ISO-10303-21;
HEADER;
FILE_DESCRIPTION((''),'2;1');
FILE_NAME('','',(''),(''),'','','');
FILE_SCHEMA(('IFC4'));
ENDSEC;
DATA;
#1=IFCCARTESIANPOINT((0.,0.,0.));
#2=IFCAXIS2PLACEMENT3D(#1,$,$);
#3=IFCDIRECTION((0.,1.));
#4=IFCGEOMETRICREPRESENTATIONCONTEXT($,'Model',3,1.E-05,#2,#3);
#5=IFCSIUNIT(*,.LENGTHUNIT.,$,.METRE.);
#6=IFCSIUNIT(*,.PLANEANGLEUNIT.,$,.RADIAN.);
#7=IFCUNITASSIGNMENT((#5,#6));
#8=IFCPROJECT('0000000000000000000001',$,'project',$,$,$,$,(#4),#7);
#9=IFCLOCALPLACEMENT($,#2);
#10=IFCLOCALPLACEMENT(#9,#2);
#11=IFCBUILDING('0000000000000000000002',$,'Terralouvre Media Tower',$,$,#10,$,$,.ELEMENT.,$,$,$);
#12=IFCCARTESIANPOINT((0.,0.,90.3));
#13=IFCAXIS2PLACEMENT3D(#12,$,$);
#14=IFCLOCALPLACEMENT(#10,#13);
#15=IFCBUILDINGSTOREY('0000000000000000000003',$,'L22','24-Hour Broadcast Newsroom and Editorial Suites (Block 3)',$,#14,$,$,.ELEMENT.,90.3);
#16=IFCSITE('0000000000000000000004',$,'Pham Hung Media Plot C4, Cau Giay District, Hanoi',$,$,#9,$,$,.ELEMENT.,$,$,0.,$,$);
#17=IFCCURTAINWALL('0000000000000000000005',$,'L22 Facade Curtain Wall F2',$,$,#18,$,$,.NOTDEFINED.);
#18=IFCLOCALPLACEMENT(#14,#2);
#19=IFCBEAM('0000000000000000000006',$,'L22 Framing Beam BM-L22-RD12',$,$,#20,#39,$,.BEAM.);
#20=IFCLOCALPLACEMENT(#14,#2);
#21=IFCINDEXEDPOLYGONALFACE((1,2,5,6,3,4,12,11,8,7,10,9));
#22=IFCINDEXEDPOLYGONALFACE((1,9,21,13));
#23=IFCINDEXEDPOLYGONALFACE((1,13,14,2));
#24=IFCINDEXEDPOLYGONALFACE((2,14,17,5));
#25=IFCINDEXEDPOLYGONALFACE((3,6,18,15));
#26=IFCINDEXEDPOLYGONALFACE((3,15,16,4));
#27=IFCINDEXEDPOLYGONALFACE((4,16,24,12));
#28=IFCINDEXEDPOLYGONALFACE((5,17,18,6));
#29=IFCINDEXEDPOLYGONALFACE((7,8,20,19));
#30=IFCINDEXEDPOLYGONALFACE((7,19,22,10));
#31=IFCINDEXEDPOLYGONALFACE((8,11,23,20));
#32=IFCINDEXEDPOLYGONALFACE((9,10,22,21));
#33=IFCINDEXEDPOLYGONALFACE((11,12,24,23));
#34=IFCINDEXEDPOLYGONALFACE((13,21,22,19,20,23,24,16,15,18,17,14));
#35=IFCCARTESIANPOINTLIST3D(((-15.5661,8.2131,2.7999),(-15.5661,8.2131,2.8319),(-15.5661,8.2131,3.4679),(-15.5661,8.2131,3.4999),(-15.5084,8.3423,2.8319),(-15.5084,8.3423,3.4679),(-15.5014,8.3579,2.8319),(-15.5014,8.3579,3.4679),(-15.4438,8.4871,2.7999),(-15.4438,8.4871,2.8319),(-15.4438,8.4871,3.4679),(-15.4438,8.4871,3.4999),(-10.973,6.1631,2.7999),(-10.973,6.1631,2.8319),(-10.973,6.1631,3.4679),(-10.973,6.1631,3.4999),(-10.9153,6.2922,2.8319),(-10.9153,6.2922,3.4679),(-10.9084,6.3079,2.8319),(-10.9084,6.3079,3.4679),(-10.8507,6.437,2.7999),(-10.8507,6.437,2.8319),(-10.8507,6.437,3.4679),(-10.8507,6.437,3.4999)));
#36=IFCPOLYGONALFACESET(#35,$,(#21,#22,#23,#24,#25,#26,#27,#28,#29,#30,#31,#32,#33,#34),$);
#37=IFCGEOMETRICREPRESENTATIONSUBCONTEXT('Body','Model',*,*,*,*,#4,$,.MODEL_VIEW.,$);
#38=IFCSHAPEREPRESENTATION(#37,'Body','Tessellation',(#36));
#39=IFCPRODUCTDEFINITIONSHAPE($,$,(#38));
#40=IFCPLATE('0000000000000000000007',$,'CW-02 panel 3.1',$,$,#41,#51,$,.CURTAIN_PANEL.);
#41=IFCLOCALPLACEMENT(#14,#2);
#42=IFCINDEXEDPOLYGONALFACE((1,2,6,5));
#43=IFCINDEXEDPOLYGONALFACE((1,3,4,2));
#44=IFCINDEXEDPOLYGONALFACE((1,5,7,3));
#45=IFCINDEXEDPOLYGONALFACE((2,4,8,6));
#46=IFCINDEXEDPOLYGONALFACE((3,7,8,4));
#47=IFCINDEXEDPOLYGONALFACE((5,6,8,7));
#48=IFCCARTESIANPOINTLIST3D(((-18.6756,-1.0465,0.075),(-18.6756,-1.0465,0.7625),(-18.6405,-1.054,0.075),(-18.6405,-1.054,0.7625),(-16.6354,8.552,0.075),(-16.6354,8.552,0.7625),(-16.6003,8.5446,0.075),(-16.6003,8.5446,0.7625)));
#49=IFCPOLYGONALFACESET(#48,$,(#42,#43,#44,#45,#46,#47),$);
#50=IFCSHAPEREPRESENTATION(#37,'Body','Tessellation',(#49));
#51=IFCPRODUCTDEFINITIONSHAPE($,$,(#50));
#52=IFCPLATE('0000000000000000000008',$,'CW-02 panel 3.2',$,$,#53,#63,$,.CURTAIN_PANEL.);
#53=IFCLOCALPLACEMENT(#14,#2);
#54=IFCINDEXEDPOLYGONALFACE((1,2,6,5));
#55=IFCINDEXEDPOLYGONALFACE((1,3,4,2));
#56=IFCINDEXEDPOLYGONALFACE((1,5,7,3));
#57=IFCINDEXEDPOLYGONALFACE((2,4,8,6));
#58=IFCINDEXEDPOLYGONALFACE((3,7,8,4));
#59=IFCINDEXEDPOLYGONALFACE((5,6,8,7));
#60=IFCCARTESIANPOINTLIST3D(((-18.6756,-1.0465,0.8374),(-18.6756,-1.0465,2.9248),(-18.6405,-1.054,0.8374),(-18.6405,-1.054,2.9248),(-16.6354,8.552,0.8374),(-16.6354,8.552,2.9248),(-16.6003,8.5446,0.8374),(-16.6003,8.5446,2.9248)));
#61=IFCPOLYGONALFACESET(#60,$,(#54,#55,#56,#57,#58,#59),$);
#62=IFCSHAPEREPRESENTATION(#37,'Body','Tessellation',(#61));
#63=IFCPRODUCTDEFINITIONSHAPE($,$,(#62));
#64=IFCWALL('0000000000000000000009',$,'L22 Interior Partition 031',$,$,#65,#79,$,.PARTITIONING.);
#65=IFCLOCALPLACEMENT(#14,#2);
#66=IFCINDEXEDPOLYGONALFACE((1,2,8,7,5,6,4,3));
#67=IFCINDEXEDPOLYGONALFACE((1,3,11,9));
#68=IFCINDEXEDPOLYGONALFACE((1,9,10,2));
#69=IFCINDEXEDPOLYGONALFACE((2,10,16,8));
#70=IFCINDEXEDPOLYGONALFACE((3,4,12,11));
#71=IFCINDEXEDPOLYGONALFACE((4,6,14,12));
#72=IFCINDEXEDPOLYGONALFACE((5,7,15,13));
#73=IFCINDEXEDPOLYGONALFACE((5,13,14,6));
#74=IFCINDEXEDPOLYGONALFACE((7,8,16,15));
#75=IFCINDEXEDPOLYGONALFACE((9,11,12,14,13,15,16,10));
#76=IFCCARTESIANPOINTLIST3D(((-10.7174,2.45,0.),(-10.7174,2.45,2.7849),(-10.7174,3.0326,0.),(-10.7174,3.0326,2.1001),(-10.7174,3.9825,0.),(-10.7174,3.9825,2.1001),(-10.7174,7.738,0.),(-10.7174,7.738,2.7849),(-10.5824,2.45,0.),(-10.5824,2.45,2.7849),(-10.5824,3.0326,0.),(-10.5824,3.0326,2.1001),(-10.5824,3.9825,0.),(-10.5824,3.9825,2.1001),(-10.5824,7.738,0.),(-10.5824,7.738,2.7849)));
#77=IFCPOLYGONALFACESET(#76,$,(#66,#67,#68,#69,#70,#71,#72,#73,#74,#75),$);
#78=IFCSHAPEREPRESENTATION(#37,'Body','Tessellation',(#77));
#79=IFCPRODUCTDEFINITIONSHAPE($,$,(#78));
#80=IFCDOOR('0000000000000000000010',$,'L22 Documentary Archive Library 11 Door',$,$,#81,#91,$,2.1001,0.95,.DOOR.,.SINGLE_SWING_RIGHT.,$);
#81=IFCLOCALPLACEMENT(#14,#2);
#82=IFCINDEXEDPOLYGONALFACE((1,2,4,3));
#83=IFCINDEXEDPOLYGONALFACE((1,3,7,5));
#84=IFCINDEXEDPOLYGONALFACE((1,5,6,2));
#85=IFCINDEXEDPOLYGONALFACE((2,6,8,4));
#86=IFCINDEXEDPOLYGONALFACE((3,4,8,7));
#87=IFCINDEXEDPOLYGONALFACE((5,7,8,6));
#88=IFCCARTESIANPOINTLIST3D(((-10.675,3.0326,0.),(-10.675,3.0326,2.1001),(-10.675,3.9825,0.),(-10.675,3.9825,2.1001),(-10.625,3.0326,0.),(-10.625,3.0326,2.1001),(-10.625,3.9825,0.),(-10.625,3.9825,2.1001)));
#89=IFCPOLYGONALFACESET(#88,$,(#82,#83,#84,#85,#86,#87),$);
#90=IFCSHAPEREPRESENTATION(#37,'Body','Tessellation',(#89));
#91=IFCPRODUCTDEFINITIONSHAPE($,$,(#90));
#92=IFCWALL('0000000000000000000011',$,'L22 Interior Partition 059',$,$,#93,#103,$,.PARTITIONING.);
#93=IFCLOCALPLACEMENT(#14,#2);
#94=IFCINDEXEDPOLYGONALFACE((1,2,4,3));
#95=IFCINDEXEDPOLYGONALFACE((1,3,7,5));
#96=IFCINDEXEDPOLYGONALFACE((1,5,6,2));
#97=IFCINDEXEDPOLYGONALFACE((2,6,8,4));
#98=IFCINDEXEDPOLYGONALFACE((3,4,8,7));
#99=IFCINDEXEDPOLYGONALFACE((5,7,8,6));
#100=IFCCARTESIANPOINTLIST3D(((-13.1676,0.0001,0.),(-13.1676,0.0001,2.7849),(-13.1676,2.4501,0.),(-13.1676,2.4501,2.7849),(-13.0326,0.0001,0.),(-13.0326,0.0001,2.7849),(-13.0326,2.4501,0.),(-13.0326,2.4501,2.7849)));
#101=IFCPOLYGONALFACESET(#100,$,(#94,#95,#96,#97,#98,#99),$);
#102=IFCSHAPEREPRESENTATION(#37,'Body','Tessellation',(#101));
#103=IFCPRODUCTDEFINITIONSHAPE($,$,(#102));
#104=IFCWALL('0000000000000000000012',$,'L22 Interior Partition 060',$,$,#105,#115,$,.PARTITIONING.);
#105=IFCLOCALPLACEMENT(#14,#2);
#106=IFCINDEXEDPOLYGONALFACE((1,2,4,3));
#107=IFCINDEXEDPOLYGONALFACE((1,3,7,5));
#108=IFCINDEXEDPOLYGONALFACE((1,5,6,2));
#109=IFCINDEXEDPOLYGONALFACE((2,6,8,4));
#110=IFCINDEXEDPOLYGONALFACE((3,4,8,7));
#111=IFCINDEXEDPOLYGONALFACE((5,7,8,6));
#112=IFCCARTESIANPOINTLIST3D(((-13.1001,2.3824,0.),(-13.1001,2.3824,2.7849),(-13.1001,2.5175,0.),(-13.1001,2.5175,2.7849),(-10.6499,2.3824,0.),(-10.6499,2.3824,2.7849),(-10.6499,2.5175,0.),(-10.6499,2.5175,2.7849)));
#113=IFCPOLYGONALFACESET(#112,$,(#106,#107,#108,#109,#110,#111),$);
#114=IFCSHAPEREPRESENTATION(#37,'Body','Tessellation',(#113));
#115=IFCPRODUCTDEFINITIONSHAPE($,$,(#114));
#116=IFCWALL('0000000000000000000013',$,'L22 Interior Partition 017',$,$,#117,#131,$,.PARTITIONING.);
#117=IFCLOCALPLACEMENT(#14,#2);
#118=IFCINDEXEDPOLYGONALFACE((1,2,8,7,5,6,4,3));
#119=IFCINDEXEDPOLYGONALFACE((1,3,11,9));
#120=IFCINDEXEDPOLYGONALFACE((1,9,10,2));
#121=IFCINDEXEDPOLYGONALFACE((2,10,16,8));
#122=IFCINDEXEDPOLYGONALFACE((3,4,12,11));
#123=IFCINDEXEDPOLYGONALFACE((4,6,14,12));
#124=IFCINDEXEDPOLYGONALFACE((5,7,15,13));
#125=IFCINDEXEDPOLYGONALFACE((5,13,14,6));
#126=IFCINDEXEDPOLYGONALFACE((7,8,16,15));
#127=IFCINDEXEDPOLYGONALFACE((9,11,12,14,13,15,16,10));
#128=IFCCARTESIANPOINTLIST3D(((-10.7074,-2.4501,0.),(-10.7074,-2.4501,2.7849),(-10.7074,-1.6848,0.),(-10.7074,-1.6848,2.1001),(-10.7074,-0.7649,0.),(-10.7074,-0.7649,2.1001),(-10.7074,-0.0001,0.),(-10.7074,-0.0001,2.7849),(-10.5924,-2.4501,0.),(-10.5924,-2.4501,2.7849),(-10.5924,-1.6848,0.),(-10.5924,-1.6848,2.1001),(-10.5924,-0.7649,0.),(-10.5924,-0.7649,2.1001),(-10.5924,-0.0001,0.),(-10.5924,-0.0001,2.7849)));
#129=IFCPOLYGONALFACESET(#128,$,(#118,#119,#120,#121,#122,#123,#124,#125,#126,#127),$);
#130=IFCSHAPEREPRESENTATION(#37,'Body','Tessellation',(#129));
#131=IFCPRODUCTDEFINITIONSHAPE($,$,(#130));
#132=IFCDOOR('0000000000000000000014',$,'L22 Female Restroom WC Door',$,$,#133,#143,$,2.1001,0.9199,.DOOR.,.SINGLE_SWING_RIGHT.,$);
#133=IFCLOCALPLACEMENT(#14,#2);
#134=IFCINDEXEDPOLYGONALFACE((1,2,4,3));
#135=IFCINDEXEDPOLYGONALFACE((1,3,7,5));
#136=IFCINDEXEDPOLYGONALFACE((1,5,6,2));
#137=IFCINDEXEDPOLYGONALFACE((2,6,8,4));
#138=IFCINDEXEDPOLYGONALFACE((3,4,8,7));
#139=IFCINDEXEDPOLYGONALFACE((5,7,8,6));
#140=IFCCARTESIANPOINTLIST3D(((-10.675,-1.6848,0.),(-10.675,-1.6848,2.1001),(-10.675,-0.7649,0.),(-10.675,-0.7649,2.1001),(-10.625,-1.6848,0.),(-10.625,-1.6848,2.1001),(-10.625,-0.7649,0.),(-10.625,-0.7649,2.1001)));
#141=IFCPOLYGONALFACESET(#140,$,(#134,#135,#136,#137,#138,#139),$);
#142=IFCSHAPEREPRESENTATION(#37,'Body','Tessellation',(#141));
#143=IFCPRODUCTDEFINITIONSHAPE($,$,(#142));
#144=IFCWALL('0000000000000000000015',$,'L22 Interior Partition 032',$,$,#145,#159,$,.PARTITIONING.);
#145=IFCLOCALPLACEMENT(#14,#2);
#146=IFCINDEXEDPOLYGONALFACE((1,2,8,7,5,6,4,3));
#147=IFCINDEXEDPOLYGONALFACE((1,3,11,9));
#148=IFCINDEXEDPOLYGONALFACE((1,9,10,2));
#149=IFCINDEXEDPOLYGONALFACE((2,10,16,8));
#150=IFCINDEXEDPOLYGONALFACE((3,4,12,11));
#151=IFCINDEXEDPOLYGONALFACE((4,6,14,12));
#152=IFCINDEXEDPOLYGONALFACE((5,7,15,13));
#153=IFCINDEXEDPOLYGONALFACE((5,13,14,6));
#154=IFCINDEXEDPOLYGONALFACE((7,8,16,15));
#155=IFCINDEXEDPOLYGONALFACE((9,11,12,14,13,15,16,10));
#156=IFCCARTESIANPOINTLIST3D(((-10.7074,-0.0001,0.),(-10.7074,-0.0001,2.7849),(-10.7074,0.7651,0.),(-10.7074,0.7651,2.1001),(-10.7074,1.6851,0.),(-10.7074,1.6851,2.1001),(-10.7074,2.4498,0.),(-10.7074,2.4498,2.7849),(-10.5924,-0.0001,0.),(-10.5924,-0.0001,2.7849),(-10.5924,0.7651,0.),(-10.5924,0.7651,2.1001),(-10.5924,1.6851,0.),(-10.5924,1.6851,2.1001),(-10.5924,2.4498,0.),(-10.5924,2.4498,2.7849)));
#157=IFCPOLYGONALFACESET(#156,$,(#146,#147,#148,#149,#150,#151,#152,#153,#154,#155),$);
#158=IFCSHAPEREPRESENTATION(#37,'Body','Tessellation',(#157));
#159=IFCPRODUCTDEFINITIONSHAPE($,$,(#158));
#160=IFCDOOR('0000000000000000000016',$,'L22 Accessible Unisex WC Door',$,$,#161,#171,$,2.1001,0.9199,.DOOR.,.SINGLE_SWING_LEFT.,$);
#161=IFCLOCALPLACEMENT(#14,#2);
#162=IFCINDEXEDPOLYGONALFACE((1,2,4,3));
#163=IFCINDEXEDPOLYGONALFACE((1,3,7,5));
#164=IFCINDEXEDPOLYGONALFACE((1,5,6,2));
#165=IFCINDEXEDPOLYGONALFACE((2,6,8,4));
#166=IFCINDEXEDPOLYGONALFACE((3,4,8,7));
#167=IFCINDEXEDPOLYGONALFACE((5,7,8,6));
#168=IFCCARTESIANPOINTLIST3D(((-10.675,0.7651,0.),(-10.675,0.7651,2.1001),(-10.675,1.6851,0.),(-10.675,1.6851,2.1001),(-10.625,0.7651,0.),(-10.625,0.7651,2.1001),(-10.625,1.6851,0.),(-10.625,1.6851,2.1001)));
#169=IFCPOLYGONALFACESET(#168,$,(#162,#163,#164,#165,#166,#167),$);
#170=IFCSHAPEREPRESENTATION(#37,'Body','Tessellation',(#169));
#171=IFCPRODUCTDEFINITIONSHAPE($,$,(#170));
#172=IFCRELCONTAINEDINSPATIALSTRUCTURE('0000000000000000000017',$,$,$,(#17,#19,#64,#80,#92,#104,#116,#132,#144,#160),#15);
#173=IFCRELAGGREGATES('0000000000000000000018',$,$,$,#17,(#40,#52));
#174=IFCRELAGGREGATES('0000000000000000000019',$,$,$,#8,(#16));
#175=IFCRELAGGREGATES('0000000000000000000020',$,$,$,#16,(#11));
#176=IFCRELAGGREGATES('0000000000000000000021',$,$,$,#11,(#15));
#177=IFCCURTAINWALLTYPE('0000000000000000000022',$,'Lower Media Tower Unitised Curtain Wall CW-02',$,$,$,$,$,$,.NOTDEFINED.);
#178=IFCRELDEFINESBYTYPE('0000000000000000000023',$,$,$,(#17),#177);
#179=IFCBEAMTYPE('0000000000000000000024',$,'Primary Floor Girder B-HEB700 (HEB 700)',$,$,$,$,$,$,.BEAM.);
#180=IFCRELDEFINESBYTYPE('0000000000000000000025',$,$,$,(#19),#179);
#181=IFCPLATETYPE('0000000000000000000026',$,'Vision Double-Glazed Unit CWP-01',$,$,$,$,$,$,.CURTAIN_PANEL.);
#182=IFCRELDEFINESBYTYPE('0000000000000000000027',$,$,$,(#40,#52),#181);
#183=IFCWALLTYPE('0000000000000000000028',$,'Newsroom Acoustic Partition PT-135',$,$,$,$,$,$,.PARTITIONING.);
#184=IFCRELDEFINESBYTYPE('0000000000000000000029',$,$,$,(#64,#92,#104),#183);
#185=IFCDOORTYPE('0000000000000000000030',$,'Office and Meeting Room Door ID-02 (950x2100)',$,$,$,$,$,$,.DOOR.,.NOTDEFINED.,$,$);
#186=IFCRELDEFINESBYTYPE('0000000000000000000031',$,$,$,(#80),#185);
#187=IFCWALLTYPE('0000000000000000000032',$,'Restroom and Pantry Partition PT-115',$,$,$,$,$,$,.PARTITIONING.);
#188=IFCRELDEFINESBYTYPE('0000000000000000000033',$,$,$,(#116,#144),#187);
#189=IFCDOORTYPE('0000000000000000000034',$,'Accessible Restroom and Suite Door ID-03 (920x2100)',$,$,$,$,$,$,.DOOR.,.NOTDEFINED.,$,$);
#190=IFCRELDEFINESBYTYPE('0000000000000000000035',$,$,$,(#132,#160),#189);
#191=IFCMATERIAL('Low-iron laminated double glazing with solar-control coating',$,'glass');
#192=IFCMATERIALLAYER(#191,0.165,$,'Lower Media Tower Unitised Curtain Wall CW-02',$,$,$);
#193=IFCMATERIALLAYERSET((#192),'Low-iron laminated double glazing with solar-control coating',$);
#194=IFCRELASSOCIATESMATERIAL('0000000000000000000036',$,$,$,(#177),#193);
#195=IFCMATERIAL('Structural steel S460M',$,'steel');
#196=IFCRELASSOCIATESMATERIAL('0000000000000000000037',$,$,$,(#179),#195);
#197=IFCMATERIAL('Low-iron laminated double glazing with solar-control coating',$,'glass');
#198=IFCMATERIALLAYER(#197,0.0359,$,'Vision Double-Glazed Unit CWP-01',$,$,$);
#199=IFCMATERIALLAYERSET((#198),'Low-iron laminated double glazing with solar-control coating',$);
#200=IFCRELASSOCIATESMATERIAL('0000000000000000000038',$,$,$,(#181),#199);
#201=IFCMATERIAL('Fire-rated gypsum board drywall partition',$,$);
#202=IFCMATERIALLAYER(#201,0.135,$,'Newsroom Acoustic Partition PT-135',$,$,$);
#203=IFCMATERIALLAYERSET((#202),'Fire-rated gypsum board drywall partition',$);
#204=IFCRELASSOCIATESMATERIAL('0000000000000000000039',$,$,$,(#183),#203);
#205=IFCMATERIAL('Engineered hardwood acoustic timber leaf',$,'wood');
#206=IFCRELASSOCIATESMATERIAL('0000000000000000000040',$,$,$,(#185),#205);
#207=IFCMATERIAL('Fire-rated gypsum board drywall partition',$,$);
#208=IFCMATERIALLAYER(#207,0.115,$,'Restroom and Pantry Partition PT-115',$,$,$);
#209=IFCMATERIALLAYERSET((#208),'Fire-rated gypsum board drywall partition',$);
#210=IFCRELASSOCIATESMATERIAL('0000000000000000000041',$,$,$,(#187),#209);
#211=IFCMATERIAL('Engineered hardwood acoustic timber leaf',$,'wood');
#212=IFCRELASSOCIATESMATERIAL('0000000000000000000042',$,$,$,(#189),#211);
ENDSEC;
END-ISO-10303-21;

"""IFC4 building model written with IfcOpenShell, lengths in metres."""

from ifc_helpers import new_model, si_unit, direction, frame, frame_2d, origin, origin_2d, place, context, subcontext, project, spatial, rectangle, i_section, extrude, material, layer, layer_set, material_profile, profile_set, type_object, element, fill, aggregate, save


model = new_model("IFC4")

# Units and contexts
model_context = context("Model", 3, precision=1e-05, world=origin(), true_north=direction((0.0, 1.0)))
body_context = subcontext(model_context, "Body", "Model", "MODEL_VIEW")
ifc_project = project(units=[si_unit("LENGTHUNIT", "METRE"), si_unit("PLANEANGLEUNIT", "RADIAN")], contexts=[model_context])

# Site, building, storey
site_placement = place(None, origin())
site = spatial("IfcSite", under=ifc_project, at=site_placement, Name="Pham Hung Media Plot C4, Cau Giay District, Hanoi", CompositionType="ELEMENT", RefElevation=0.0)
building_placement = place(site_placement, origin())
building = spatial("IfcBuilding", under=site, at=building_placement, Name="Terralouvre Media Tower", CompositionType="ELEMENT")
storey_placement = place(building_placement, frame((0.0, 0.0, 90.3)))
storey = spatial("IfcBuildingStorey", under=building, at=storey_placement, Name="L22", Description="24-Hour Broadcast Newsroom and Editorial Suites (Block 3)", CompositionType="ELEMENT", Elevation=90.3)

# Curtain wall
ifc_material_1 = material(Name="Low-iron laminated double glazing with solar-control coating", Category="glass")
ifc_layer_1 = layer(ifc_material_1, 0.165, Name="Lower Media Tower Unitised Curtain Wall CW-02")
ifc_layer_set_1 = layer_set([ifc_layer_1], Name="Low-iron laminated double glazing with solar-control coating")
curtain_wall_type = type_object("IfcCurtainWallType", Name="Lower Media Tower Unitised Curtain Wall CW-02", PredefinedType="NOTDEFINED", material=ifc_layer_set_1)
curtain_wall_placement = place(storey_placement, origin())
curtain_wall = element("IfcCurtainWall", 1, at=curtain_wall_placement, inside=storey, type_object=curtain_wall_type, Name="L22 Facade Curtain Wall F2", PredefinedType="NOTDEFINED")

# Beam
ifc_material_2 = material(Name="Structural steel S460M", Category="steel")
ifc_material_profile_1 = material_profile(ifc_material_2, i_section(OverallWidth=0.3, OverallDepth=0.7, WebThickness=0.0171, FlangeThickness=0.032, at=origin_2d()), Name="HEB 700")
ifc_profile_set_1 = profile_set([ifc_material_profile_1], Name="Structural steel S460M")
beam_type_1 = type_object("IfcBeamType", Name="Primary Floor Girder B-HEB700 (HEB 700)", PredefinedType="BEAM", material=ifc_profile_set_1)
beam_1_placement = place(storey_placement, frame((-10.9119, 6.3, 3.1499), z_axis=(-0.913168, 0.407584, 0.0), x_axis=(-0.407584, -0.913168, 0.0)))
element("IfcBeam", 2, at=beam_1_placement, inside=storey, type_object=beam_type_1, Name="L22 Framing Beam BM-L22-RD12", PredefinedType="BEAM", context=body_context, shape_type="SweptSolid", body=[
    extrude(i_section(OverallWidth=0.3, OverallDepth=0.7, WebThickness=0.0171, FlangeThickness=0.032, at=origin_2d()), origin(), (0.0, 0.0, 1.0), 5.0298),
])

# Plates
ifc_material_3 = material(Name="Low-iron laminated double glazing with solar-control coating", Category="glass")
ifc_layer_2 = layer(ifc_material_3, 0.0359, Name="Vision Double-Glazed Unit CWP-01")
ifc_layer_set_2 = layer_set([ifc_layer_2], Name="Low-iron laminated double glazing with solar-control coating")
plate_type = type_object("IfcPlateType", Name="Vision Double-Glazed Unit CWP-01", PredefinedType="CURTAIN_PANEL", material=ifc_layer_set_2)
plate_1_placement = place(storey_placement, frame((-17.6379, 3.749, 0.075), z_axis=(0.0, 0.0, 1.0), x_axis=(-0.207912, -0.978148, 0.0)))
plate_1 = element("IfcPlate", 3, at=plate_1_placement, type_object=plate_type, Name="CW-02 panel 3.1", PredefinedType="CURTAIN_PANEL", context=body_context, shape_type="SweptSolid", body=[
    extrude(rectangle(XDim=9.813, YDim=0.0359, at=origin_2d()), origin(), (0.0, 0.0, 1.0), 0.6875),
])
plate_2_placement = place(storey_placement, frame((-17.6379, 3.749, 0.8374), z_axis=(0.0, 0.0, 1.0), x_axis=(-0.207912, -0.978148, 0.0)))
plate_2 = element("IfcPlate", 4, at=plate_2_placement, type_object=plate_type, Name="CW-02 panel 3.2", PredefinedType="CURTAIN_PANEL", context=body_context, shape_type="SweptSolid", body=[
    extrude(rectangle(XDim=9.813, YDim=0.0359, at=origin_2d()), origin(), (0.0, 0.0, 1.0), 2.0874),
])
aggregate(curtain_wall, [plate_1, plate_2])

# Wall, opening, door
ifc_material_4 = material(Name="Fire-rated gypsum board drywall partition")
ifc_layer_3 = layer(ifc_material_4, 0.135, Name="Newsroom Acoustic Partition PT-135")
ifc_layer_set_3 = layer_set([ifc_layer_3], Name="Fire-rated gypsum board drywall partition")
wall_type_1 = type_object("IfcWallType", Name="Newsroom Acoustic Partition PT-135", PredefinedType="PARTITIONING", material=ifc_layer_set_3)
wall_1_placement = place(storey_placement, frame((-10.6499, 7.738, 0.0), z_axis=(0.0, 0.0, 1.0), x_axis=(0.0, -1.0, 0.0)))
wall_1 = element("IfcWall", 5, at=wall_1_placement, inside=storey, type_object=wall_type_1, Name="L22 Interior Partition 031", PredefinedType="PARTITIONING", context=body_context, shape_type="SweptSolid", body=[
    extrude(rectangle(XDim=5.2881, YDim=0.135, at=frame_2d((2.644, 0.0))), origin(), (0.0, 0.0, 1.0), 2.7849),
])
opening_1_placement = place(wall_1_placement, frame((3.7554, 0.0, 0.0)))
opening_1 = element("IfcOpeningElement", 6, at=opening_1_placement, cuts=wall_1, PredefinedType="OPENING", context=body_context, shape_type="SweptSolid", body=[
    extrude(rectangle(XDim=0.95, YDim=2.1001, at=frame_2d((0.4751, 1.05))), frame((0.0, 0.0774, 0.0), z_axis=(0.0, -1.0, 0.0), x_axis=(1.0, 0.0, 0.0)), (0.0, 0.0, 1.0), 0.155),
])
ifc_material_5 = material(Name="Engineered hardwood acoustic timber leaf", Category="wood")
door_type_1 = type_object("IfcDoorType", Name="Office and Meeting Room Door ID-02 (950x2100)", OperationType="NOTDEFINED", PredefinedType="DOOR", material=ifc_material_5)
door_1_placement = place(opening_1_placement, origin())
door_1 = element("IfcDoor", 7, at=door_1_placement, inside=storey, type_object=door_type_1, Name="L22 Documentary Archive Library 11 Door", OperationType="SINGLE_SWING_RIGHT", OverallHeight=2.1001, OverallWidth=0.95, PredefinedType="DOOR", context=body_context, shape_type="SweptSolid", body=[
    extrude(rectangle(XDim=0.95, YDim=2.1001, at=frame_2d((0.4751, 1.05))), frame((0.0, 0.0249, 0.0), z_axis=(0.0, -1.0, 0.0), x_axis=(1.0, 0.0, 0.0)), (0.0, 0.0, 1.0), 0.05),
])
fill(opening_1, door_1)

# Walls
wall_2_placement = place(storey_placement, frame((-13.1001, 0.0, 0.0), z_axis=(0.0, 0.0, 1.0), x_axis=(0.0, 1.0, 0.0)))
element("IfcWall", 8, at=wall_2_placement, inside=storey, type_object=wall_type_1, Name="L22 Interior Partition 059", PredefinedType="PARTITIONING", context=body_context, shape_type="SweptSolid", body=[
    extrude(rectangle(XDim=2.45, YDim=0.135, at=frame_2d((1.2251, 0.0))), origin(), (0.0, 0.0, 1.0), 2.7849),
])
wall_3_placement = place(storey_placement, frame((-13.1001, 2.45, 0.0), z_axis=(0.0, 0.0, 1.0), x_axis=(1.0, 0.0, 0.0)))
element("IfcWall", 9, at=wall_3_placement, inside=storey, type_object=wall_type_1, Name="L22 Interior Partition 060", PredefinedType="PARTITIONING", context=body_context, shape_type="SweptSolid", body=[
    extrude(rectangle(XDim=2.4502, YDim=0.135, at=frame_2d((1.2251, 0.0))), origin(), (0.0, 0.0, 1.0), 2.7849),
])

# Walls, openings, doors
ifc_material_6 = material(Name="Fire-rated gypsum board drywall partition")
ifc_layer_4 = layer(ifc_material_6, 0.115, Name="Restroom and Pantry Partition PT-115")
ifc_layer_set_4 = layer_set([ifc_layer_4], Name="Fire-rated gypsum board drywall partition")
wall_type_2 = type_object("IfcWallType", Name="Restroom and Pantry Partition PT-115", PredefinedType="PARTITIONING", material=ifc_layer_set_4)
wall_4_placement = place(storey_placement, frame((-10.6499, 0.0, 0.0), z_axis=(0.0, 0.0, 1.0), x_axis=(0.0, -1.0, 0.0)))
wall_4 = element("IfcWall", 10, at=wall_4_placement, inside=storey, type_object=wall_type_2, Name="L22 Interior Partition 017", PredefinedType="PARTITIONING", context=body_context, shape_type="SweptSolid", body=[
    extrude(rectangle(XDim=2.45, YDim=0.115, at=frame_2d((1.2251, 0.0))), origin(), (0.0, 0.0, 1.0), 2.7849),
])
opening_2_placement = place(wall_4_placement, frame((0.7649, 0.0, 0.0)))
opening_2 = element("IfcOpeningElement", 11, at=opening_2_placement, cuts=wall_4, PredefinedType="OPENING", context=body_context, shape_type="SweptSolid", body=[
    extrude(rectangle(XDim=0.9199, YDim=2.1001, at=frame_2d((0.46, 1.05))), frame((0.0, 0.0674, 0.0), z_axis=(0.0, -1.0, 0.0), x_axis=(1.0, 0.0, 0.0)), (0.0, 0.0, 1.0), 0.135),
])
ifc_material_7 = material(Name="Engineered hardwood acoustic timber leaf", Category="wood")
door_type_2 = type_object("IfcDoorType", Name="Accessible Restroom and Suite Door ID-03 (920x2100)", OperationType="NOTDEFINED", PredefinedType="DOOR", material=ifc_material_7)
door_2_placement = place(opening_2_placement, origin())
door_2 = element("IfcDoor", 12, at=door_2_placement, inside=storey, type_object=door_type_2, Name="L22 Female Restroom WC Door", OperationType="SINGLE_SWING_RIGHT", OverallHeight=2.1001, OverallWidth=0.9199, PredefinedType="DOOR", context=body_context, shape_type="SweptSolid", body=[
    extrude(rectangle(XDim=0.9199, YDim=2.1001, at=frame_2d((0.46, 1.05))), frame((0.0, 0.0249, 0.0), z_axis=(0.0, -1.0, 0.0), x_axis=(1.0, 0.0, 0.0)), (0.0, 0.0, 1.0), 0.05),
])
fill(opening_2, door_2)
wall_5_placement = place(storey_placement, frame((-10.6499, 2.45, 0.0), z_axis=(0.0, 0.0, 1.0), x_axis=(0.0, -1.0, 0.0)))
wall_5 = element("IfcWall", 13, at=wall_5_placement, inside=storey, type_object=wall_type_2, Name="L22 Interior Partition 032", PredefinedType="PARTITIONING", context=body_context, shape_type="SweptSolid", body=[
    extrude(rectangle(XDim=2.45, YDim=0.115, at=frame_2d((1.2251, 0.0))), origin(), (0.0, 0.0, 1.0), 2.7849),
])
opening_3_placement = place(wall_5_placement, frame((0.7649, 0.0, 0.0)))
opening_3 = element("IfcOpeningElement", 14, at=opening_3_placement, cuts=wall_5, PredefinedType="OPENING", context=body_context, shape_type="SweptSolid", body=[
    extrude(rectangle(XDim=0.9199, YDim=2.1001, at=frame_2d((0.46, 1.05))), frame((0.0, 0.0674, 0.0), z_axis=(0.0, -1.0, 0.0), x_axis=(1.0, 0.0, 0.0)), (0.0, 0.0, 1.0), 0.135),
])
door_3_placement = place(opening_3_placement, origin())
door_3 = element("IfcDoor", 15, at=door_3_placement, inside=storey, type_object=door_type_2, Name="L22 Accessible Unisex WC Door", OperationType="SINGLE_SWING_LEFT", OverallHeight=2.1001, OverallWidth=0.9199, PredefinedType="DOOR", context=body_context, shape_type="SweptSolid", body=[
    extrude(rectangle(XDim=0.9199, YDim=2.1001, at=frame_2d((0.46, 1.05))), frame((0.0, 0.0249, 0.0), z_axis=(0.0, -1.0, 0.0), x_axis=(1.0, 0.0, 0.0)), (0.0, 0.0, 1.0), 0.05),
])
fill(opening_3, door_3)

save(model, "model.ifc")
